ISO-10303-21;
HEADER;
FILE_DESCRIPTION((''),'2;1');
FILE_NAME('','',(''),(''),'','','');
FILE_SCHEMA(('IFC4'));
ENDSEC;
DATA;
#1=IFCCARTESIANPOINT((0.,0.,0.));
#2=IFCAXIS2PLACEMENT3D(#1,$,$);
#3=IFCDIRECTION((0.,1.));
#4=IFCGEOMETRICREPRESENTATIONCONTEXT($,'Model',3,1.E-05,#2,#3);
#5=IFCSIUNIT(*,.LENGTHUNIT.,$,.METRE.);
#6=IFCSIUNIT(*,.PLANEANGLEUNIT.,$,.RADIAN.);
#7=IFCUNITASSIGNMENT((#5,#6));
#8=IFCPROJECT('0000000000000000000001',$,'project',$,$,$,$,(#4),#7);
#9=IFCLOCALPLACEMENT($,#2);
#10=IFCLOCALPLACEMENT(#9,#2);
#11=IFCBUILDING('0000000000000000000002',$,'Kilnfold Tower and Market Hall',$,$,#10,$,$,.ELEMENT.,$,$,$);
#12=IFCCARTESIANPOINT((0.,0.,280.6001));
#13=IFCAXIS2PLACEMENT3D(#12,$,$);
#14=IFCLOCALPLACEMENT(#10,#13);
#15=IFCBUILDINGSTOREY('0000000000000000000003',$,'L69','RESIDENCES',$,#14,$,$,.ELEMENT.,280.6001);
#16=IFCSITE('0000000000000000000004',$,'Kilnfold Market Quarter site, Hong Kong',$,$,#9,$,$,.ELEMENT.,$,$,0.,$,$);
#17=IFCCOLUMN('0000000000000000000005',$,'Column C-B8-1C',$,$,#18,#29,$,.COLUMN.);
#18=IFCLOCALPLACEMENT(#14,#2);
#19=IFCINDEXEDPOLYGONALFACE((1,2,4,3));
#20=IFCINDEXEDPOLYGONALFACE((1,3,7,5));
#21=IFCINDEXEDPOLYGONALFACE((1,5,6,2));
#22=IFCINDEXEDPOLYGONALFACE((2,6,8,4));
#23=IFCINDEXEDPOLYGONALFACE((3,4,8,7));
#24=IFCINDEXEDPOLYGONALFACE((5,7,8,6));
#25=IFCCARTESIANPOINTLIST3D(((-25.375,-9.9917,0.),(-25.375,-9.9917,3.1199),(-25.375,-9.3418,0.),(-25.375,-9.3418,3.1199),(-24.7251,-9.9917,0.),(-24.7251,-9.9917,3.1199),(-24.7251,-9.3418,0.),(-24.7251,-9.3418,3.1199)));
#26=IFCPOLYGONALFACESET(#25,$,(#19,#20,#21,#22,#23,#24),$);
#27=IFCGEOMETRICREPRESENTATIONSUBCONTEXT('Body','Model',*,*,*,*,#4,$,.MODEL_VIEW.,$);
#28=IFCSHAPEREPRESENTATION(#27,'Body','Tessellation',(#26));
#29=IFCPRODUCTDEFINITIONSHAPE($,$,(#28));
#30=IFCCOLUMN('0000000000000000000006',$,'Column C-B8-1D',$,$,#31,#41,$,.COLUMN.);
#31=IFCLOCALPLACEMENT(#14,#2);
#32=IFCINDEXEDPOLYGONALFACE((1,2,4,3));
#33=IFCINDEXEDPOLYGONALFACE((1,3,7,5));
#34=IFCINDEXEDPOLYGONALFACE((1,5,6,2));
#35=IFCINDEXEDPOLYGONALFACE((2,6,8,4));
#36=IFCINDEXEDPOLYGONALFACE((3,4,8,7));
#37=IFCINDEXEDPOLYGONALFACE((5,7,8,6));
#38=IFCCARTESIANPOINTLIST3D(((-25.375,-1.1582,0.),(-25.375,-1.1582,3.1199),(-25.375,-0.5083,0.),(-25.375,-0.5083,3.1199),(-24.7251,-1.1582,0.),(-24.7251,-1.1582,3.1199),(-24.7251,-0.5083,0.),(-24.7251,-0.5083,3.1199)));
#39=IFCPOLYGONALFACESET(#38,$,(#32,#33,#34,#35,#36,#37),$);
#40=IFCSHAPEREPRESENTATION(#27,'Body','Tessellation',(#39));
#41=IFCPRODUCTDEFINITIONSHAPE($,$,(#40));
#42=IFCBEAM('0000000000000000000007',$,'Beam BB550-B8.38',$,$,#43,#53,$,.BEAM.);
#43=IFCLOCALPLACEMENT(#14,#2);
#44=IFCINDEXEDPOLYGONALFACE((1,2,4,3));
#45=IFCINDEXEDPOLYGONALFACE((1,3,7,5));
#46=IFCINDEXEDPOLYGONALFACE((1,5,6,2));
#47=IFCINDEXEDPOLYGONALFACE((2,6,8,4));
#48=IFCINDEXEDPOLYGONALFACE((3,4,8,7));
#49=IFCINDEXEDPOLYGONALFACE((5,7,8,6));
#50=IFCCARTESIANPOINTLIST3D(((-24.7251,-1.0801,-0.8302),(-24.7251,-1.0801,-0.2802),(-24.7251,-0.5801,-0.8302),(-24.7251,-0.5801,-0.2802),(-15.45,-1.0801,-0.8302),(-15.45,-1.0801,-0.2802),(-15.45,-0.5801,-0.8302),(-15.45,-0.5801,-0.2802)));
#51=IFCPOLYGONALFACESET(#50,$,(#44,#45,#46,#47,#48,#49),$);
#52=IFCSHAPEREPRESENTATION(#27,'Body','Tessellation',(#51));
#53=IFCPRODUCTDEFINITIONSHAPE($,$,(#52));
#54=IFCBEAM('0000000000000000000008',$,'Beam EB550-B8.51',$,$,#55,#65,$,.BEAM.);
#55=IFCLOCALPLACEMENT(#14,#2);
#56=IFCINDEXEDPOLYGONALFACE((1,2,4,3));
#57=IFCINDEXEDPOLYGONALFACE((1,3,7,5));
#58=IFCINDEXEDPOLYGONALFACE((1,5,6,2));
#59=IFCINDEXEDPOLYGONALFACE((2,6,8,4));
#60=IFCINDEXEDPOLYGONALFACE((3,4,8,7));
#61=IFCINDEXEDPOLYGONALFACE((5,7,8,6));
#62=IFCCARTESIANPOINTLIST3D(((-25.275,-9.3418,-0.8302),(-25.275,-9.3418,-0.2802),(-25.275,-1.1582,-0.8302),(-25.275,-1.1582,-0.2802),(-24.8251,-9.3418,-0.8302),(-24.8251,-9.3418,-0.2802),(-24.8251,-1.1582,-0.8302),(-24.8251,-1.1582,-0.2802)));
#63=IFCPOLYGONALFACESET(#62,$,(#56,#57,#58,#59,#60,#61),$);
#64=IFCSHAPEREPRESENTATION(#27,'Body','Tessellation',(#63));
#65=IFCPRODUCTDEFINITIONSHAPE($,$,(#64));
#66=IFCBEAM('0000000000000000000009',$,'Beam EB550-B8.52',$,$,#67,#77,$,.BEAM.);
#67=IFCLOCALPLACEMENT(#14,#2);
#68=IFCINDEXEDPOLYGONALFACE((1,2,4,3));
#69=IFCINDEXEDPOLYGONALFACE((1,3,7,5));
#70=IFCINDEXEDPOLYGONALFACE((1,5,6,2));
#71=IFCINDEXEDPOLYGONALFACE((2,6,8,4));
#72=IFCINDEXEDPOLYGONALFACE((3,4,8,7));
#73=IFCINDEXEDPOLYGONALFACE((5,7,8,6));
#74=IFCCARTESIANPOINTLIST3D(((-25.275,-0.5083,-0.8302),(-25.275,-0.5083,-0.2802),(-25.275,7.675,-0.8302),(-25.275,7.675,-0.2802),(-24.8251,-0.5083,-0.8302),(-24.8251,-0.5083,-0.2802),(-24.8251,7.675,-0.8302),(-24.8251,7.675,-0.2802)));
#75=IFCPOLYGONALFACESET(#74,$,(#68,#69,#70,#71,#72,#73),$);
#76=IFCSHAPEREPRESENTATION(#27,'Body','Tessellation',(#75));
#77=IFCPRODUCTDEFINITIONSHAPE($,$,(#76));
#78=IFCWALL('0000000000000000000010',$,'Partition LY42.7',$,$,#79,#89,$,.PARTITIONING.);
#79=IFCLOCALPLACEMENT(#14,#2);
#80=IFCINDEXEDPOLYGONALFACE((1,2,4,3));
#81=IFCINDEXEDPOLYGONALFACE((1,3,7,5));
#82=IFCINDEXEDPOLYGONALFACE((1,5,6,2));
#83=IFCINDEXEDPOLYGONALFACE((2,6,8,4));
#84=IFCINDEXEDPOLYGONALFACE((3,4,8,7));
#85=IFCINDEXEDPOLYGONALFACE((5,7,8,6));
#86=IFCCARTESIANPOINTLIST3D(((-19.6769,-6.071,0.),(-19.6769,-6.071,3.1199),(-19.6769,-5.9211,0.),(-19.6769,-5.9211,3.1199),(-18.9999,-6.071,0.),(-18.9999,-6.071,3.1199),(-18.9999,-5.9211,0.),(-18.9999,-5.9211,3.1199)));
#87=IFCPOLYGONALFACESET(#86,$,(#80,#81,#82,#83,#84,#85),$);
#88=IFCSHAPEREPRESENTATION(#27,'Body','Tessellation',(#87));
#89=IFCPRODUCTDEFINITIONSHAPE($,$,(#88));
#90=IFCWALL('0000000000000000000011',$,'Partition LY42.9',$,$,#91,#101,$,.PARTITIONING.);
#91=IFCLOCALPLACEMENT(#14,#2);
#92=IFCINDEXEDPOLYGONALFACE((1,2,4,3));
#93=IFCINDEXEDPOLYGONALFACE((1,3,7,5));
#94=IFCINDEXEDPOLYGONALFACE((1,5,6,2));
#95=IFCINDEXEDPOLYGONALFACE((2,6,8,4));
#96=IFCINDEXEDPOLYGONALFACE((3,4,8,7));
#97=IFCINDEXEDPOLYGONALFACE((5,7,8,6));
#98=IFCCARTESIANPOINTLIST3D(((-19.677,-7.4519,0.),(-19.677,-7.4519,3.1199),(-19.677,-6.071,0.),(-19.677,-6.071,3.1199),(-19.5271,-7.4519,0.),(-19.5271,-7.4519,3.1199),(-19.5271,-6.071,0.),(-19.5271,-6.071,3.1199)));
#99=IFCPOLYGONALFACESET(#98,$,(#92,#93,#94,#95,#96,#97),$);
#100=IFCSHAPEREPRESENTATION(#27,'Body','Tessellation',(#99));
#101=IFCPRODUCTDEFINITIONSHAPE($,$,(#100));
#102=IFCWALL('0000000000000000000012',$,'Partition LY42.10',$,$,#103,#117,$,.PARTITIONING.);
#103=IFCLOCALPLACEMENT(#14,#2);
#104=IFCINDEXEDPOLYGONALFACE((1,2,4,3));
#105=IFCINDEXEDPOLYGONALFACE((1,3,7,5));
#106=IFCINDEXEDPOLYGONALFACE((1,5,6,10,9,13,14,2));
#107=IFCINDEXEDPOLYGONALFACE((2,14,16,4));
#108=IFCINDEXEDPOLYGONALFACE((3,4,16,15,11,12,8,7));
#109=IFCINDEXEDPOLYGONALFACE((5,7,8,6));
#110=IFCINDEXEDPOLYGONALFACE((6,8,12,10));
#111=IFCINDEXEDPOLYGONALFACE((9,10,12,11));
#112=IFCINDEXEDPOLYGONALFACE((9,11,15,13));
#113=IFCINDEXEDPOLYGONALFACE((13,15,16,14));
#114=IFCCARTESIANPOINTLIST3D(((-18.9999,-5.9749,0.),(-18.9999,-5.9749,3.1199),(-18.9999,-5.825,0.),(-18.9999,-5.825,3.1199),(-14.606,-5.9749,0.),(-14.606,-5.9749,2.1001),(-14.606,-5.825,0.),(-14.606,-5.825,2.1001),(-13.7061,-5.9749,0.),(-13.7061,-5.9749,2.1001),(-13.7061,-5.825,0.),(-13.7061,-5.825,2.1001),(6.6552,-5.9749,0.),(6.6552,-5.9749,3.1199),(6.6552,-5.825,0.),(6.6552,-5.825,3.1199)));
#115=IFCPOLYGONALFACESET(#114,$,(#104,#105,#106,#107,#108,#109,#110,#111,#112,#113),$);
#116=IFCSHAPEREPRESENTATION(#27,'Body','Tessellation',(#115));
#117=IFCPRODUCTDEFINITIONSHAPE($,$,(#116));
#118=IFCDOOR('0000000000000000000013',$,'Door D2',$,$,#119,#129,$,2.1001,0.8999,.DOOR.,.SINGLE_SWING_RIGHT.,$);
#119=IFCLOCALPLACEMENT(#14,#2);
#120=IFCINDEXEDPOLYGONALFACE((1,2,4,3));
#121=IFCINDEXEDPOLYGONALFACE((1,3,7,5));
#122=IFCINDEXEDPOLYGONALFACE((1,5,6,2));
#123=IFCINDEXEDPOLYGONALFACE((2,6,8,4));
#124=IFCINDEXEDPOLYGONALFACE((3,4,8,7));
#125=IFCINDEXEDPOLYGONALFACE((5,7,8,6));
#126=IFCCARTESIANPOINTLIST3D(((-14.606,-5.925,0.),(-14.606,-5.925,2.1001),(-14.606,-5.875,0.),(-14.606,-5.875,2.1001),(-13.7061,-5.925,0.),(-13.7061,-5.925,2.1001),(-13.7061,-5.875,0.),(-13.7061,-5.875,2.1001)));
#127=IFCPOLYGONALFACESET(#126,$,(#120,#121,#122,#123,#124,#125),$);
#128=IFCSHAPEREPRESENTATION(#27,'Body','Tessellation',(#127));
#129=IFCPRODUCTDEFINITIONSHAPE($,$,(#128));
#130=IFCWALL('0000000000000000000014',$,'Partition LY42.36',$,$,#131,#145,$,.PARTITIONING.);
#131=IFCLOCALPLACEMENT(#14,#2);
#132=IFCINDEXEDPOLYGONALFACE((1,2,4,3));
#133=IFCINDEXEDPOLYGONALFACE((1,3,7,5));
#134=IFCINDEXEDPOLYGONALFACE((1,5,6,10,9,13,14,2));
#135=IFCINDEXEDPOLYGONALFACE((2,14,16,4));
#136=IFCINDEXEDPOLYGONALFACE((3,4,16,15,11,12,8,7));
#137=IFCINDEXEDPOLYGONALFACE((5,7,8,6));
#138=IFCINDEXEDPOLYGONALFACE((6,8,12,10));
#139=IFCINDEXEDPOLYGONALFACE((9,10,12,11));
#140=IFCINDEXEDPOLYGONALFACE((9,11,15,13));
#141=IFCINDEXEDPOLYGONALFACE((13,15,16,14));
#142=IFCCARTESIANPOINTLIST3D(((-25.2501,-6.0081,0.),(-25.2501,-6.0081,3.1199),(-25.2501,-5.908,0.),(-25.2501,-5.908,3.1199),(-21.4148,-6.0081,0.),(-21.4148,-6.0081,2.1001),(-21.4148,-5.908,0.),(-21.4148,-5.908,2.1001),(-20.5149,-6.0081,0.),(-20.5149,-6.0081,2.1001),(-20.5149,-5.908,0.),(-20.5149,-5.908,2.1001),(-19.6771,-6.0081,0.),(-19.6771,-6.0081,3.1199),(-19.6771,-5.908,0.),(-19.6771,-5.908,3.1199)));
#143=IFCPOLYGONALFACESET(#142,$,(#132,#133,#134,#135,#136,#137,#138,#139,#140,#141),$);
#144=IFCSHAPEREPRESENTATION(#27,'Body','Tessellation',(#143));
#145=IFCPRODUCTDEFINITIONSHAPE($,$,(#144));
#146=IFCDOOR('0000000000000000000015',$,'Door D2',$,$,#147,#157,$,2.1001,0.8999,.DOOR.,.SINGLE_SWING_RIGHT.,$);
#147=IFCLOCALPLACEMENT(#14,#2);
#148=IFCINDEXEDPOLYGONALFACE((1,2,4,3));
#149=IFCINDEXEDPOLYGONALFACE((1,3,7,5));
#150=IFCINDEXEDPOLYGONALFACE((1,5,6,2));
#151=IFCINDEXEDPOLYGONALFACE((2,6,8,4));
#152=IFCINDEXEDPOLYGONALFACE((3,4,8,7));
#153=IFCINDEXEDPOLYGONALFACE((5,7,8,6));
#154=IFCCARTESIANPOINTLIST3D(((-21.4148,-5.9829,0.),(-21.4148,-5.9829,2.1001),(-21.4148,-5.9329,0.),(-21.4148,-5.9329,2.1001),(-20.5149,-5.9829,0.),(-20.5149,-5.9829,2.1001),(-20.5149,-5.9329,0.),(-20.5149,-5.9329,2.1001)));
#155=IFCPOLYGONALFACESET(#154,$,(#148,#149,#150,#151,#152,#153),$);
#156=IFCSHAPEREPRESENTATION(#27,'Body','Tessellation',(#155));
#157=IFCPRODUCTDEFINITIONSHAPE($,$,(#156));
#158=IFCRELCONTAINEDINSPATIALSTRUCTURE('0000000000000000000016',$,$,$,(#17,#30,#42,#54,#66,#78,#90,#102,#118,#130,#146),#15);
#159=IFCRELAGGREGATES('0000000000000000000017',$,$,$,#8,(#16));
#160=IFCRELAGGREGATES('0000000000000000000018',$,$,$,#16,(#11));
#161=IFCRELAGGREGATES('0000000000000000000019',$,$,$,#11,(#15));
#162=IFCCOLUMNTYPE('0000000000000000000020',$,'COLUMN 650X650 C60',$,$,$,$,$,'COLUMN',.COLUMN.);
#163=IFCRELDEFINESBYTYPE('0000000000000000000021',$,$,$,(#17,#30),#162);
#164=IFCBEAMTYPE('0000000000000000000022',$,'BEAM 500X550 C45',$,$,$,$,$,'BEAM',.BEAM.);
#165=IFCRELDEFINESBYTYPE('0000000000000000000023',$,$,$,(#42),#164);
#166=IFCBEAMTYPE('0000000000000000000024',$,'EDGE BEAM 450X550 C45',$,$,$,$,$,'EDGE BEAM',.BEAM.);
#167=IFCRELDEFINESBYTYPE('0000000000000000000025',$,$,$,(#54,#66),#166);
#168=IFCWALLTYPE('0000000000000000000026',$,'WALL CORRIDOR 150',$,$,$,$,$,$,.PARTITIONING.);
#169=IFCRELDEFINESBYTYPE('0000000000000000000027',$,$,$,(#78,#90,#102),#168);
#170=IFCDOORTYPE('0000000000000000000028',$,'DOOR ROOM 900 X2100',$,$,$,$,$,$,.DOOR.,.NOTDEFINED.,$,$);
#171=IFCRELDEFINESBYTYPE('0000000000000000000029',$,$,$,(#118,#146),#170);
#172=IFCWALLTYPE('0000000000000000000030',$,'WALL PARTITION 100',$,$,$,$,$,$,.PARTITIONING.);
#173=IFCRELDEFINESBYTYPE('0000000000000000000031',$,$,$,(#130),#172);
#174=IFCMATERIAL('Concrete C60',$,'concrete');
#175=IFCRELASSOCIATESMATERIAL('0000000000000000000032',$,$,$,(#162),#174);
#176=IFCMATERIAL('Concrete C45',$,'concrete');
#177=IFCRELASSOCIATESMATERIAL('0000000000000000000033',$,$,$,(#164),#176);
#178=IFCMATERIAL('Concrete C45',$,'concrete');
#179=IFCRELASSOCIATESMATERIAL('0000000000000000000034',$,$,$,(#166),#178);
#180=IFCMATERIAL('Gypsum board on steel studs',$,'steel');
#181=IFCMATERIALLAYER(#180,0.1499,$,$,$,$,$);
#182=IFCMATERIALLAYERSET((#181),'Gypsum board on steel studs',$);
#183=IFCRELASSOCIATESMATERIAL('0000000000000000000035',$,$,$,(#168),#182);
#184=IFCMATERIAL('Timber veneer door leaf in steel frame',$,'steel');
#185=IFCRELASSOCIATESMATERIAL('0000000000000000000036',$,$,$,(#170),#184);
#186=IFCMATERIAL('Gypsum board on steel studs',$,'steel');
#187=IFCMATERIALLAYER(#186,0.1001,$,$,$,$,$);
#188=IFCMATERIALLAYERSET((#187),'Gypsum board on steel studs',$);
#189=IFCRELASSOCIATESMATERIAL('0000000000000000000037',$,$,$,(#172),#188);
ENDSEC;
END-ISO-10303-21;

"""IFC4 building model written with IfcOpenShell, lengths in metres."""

from ifc_helpers import new_model, si_unit, direction, frame, frame_2d, origin, origin_2d, place, context, subcontext, project, spatial, rectangle, extrude, source, transform, mapped, material, layer, layer_set, material_profile, profile_set, type_object, element, fill, save


model = new_model("IFC4")

# Units and contexts
model_context = context("Model", 3, precision=1e-05, world=origin(), true_north=direction((0.0, 1.0)))
body_context = subcontext(model_context, "Body", "Model", "MODEL_VIEW")
ifc_project = project(units=[si_unit("LENGTHUNIT", "METRE"), si_unit("PLANEANGLEUNIT", "RADIAN")], contexts=[model_context])

# Site, building, storey
site_placement = place(None, origin())
site = spatial("IfcSite", under=ifc_project, at=site_placement, Name="Kilnfold Market Quarter site, Hong Kong", CompositionType="ELEMENT", RefElevation=0.0)
building_placement = place(site_placement, origin())
building = spatial("IfcBuilding", under=site, at=building_placement, Name="Kilnfold Tower and Market Hall", CompositionType="ELEMENT")
storey_placement = place(building_placement, frame((0.0, 0.0, 280.6001)))
storey = spatial("IfcBuildingStorey", under=building, at=storey_placement, Name="L69", Description="RESIDENCES", CompositionType="ELEMENT", Elevation=280.6001)

# Columns
ifc_material_1 = material(Name="Concrete C60", Category="concrete")
ifc_material_profile_1 = material_profile(ifc_material_1, rectangle(XDim=0.6499, YDim=0.6499, at=origin_2d()), Name="RC 650x650")
ifc_profile_set_1 = profile_set([ifc_material_profile_1], Name="Concrete C60")
column_type = type_object("IfcColumnType", Name="COLUMN 650X650 C60", ElementType="COLUMN", PredefinedType="COLUMN", material=ifc_profile_set_1)
shared_shape_1 = source(origin(), body_context, "Body", "SweptSolid", [
    extrude(rectangle(XDim=0.6499, YDim=0.6499, at=origin_2d()), origin(), (0.0, 0.0, 1.0), 3.1199),
])
for number, where, z_axis, x_axis, name in (
    (1, (-25.05, -9.6667, 0.0), (0.0, 0.0, 1.0), (1.0, 0.0, 0.0), "Column C-B8-1C"),
    (2, (-25.05, -0.8333, 0.0), (0.0, 0.0, 1.0), (1.0, 0.0, 0.0), "Column C-B8-1D"),
):
    element("IfcColumn", number, at=place(storey_placement, frame(where, z_axis=z_axis, x_axis=x_axis)), inside=storey, type_object=column_type, Name=name, PredefinedType="COLUMN", context=body_context, shape_type="MappedRepresentation", body=[
        mapped(shared_shape_1, transform((0.0, 0.0, 0.0))),
    ])

# Beams
ifc_material_2 = material(Name="Concrete C45", Category="concrete")
ifc_material_profile_2 = material_profile(ifc_material_2, rectangle(XDim=0.5, YDim=0.55, at=origin_2d()), Name="RC 500x550")
ifc_profile_set_2 = profile_set([ifc_material_profile_2], Name="Concrete C45")
beam_type_1 = type_object("IfcBeamType", Name="BEAM 500X550 C45", ElementType="BEAM", PredefinedType="BEAM", material=ifc_profile_set_2)
shared_shape_2 = source(origin(), body_context, "Body", "SweptSolid", [
    extrude(rectangle(XDim=0.5, YDim=0.55, at=origin_2d()), origin(), (0.0, 0.0, 1.0), 9.2751),
])
beam_1_placement = place(storey_placement, frame((-24.7251, -0.8301, -0.5552), z_axis=(1.0, 0.0, 0.0), x_axis=(0.0, 1.0, 0.0)))
element("IfcBeam", 3, at=beam_1_placement, inside=storey, type_object=beam_type_1, Name="Beam BB550-B8.38", PredefinedType="BEAM", context=body_context, shape_type="MappedRepresentation", body=[
    mapped(shared_shape_2, transform((0.0, 0.0, 0.0))),
])
ifc_material_3 = material(Name="Concrete C45", Category="concrete")
ifc_material_profile_3 = material_profile(ifc_material_3, rectangle(XDim=0.45, YDim=0.55, at=origin_2d()), Name="RC 450x550")
ifc_profile_set_3 = profile_set([ifc_material_profile_3], Name="Concrete C45")
beam_type_2 = type_object("IfcBeamType", Name="EDGE BEAM 450X550 C45", ElementType="EDGE BEAM", PredefinedType="BEAM", material=ifc_profile_set_3)
shared_shape_3 = source(origin(), body_context, "Body", "SweptSolid", [
    extrude(rectangle(XDim=0.45, YDim=0.55, at=origin_2d()), origin(), (0.0, 0.0, 1.0), 8.1836),
])
beam_2_placement = place(storey_placement, frame((-25.05, -9.3418, -0.5552), z_axis=(0.0, 1.0, 0.0), x_axis=(-1.0, 0.0, 0.0)))
element("IfcBeam", 4, at=beam_2_placement, inside=storey, type_object=beam_type_2, Name="Beam EB550-B8.51", PredefinedType="BEAM", context=body_context, shape_type="MappedRepresentation", body=[
    mapped(shared_shape_3, transform((0.0, 0.0, 0.0))),
])
shared_shape_4 = source(origin(), body_context, "Body", "SweptSolid", [
    extrude(rectangle(XDim=0.45, YDim=0.55, at=origin_2d()), origin(), (0.0, 0.0, 1.0), 8.1833),
])
beam_3_placement = place(storey_placement, frame((-25.05, -0.5083, -0.5552), z_axis=(0.0, 1.0, 0.0), x_axis=(-1.0, 0.0, 0.0)))
element("IfcBeam", 5, at=beam_3_placement, inside=storey, type_object=beam_type_2, Name="Beam EB550-B8.52", PredefinedType="BEAM", context=body_context, shape_type="MappedRepresentation", body=[
    mapped(shared_shape_4, transform((0.0, 0.0, 0.0))),
])

# Walls
ifc_material_4 = material(Name="Gypsum board on steel studs", Category="steel")
ifc_layer_1 = layer(ifc_material_4, 0.1499)
ifc_layer_set_1 = layer_set([ifc_layer_1], Name="Gypsum board on steel studs")
wall_type_1 = type_object("IfcWallType", Name="WALL CORRIDOR 150", PredefinedType="PARTITIONING", material=ifc_layer_set_1)
wall_1_placement = place(storey_placement, frame((-19.0, -5.9961, 0.0), z_axis=(0.0, 0.0, 1.0), x_axis=(-1.0, 0.0, 0.0)))
element("IfcWall", 6, at=wall_1_placement, inside=storey, type_object=wall_type_1, Name="Partition LY42.7", PredefinedType="PARTITIONING", context=body_context, shape_type="SweptSolid", body=[
    extrude(rectangle(XDim=0.677, YDim=0.1499, at=frame_2d((0.3384, 0.0))), origin(), (0.0, 0.0, 1.0), 3.1199),
])
wall_2_placement = place(storey_placement, frame((-19.6021, -7.4519, 0.0), z_axis=(0.0, 0.0, 1.0), x_axis=(0.0, 1.0, 0.0)))
element("IfcWall", 7, at=wall_2_placement, inside=storey, type_object=wall_type_1, Name="Partition LY42.9", PredefinedType="PARTITIONING", context=body_context, shape_type="SweptSolid", body=[
    extrude(rectangle(XDim=1.3809, YDim=0.1499, at=frame_2d((0.6904, 0.0))), origin(), (0.0, 0.0, 1.0), 3.1199),
])

# Walls, openings, doors
wall_3_placement = place(storey_placement, frame((-19.0, -5.8999, 0.0), z_axis=(0.0, 0.0, 1.0), x_axis=(1.0, 0.0, 0.0)))
wall_3 = element("IfcWall", 8, at=wall_3_placement, inside=storey, type_object=wall_type_1, Name="Partition LY42.10", PredefinedType="PARTITIONING", context=body_context, shape_type="SweptSolid", body=[
    extrude(rectangle(XDim=25.655, YDim=0.1499, at=frame_2d((12.8276, 0.0))), origin(), (0.0, 0.0, 1.0), 3.1199),
])
opening_1_placement = place(wall_3_placement, frame((4.394, 0.0, 0.0)))
opening_1 = element("IfcOpeningElement", 9, at=opening_1_placement, cuts=wall_3, PredefinedType="OPENING", context=body_context, shape_type="SweptSolid", body=[
    extrude(rectangle(XDim=0.8999, YDim=2.1001, at=frame_2d((0.45, 1.05))), frame((0.0, 0.085, 0.0), z_axis=(0.0, -1.0, 0.0), x_axis=(1.0, 0.0, 0.0)), (0.0, 0.0, 1.0), 0.1699),
])
ifc_material_5 = material(Name="Timber veneer door leaf in steel frame", Category="steel")
door_type_1 = type_object("IfcDoorType", Name="DOOR ROOM 900 X2100", OperationType="NOTDEFINED", PredefinedType="DOOR", material=ifc_material_5)
door_1_placement = place(opening_1_placement, origin())
door_1 = element("IfcDoor", 10, at=door_1_placement, inside=storey, type_object=door_type_1, Name="Door D2", OperationType="SINGLE_SWING_RIGHT", OverallHeight=2.1001, OverallWidth=0.8999, PredefinedType="DOOR", context=body_context, shape_type="SweptSolid", body=[
    extrude(rectangle(XDim=0.8999, YDim=2.1001, at=frame_2d((0.45, 1.05))), frame((0.0, 0.0249, 0.0), z_axis=(0.0, -1.0, 0.0), x_axis=(1.0, 0.0, 0.0)), (0.0, 0.0, 1.0), 0.05),
])
fill(opening_1, door_1)
ifc_material_6 = material(Name="Gypsum board on steel studs", Category="steel")
ifc_layer_2 = layer(ifc_material_6, 0.1001)
ifc_layer_set_2 = layer_set([ifc_layer_2], Name="Gypsum board on steel studs")
wall_type_2 = type_object("IfcWallType", Name="WALL PARTITION 100", PredefinedType="PARTITIONING", material=ifc_layer_set_2)
wall_4_placement = place(storey_placement, frame((-19.677, -5.958, 0.0), z_axis=(0.0, 0.0, 1.0), x_axis=(-1.0, 0.0, 0.0)))
wall_4 = element("IfcWall", 11, at=wall_4_placement, inside=storey, type_object=wall_type_2, Name="Partition LY42.36", PredefinedType="PARTITIONING", context=body_context, shape_type="SweptSolid", body=[
    extrude(rectangle(XDim=5.573, YDim=0.1001, at=frame_2d((2.7866, 0.0))), origin(), (0.0, 0.0, 1.0), 3.1199),
])
opening_2_placement = place(wall_4_placement, frame((0.8379, 0.0, 0.0)))
opening_2 = element("IfcOpeningElement", 12, at=opening_2_placement, cuts=wall_4, PredefinedType="OPENING", context=body_context, shape_type="SweptSolid", body=[
    extrude(rectangle(XDim=0.8999, YDim=2.1001, at=frame_2d((0.45, 1.05))), frame((0.0, 0.0601, 0.0), z_axis=(0.0, -1.0, 0.0), x_axis=(1.0, 0.0, 0.0)), (0.0, 0.0, 1.0), 0.1201),
])
door_2_placement = place(opening_2_placement, origin())
door_2 = element("IfcDoor", 13, at=door_2_placement, inside=storey, type_object=door_type_1, Name="Door D2", OperationType="SINGLE_SWING_RIGHT", OverallHeight=2.1001, OverallWidth=0.8999, PredefinedType="DOOR", context=body_context, shape_type="SweptSolid", body=[
    extrude(rectangle(XDim=0.8999, YDim=2.1001, at=frame_2d((0.45, 1.05))), frame((0.0, 0.0249, 0.0), z_axis=(0.0, -1.0, 0.0), x_axis=(1.0, 0.0, 0.0)), (0.0, 0.0, 1.0), 0.05),
])
fill(opening_2, door_2)

save(model, "model.ifc")
